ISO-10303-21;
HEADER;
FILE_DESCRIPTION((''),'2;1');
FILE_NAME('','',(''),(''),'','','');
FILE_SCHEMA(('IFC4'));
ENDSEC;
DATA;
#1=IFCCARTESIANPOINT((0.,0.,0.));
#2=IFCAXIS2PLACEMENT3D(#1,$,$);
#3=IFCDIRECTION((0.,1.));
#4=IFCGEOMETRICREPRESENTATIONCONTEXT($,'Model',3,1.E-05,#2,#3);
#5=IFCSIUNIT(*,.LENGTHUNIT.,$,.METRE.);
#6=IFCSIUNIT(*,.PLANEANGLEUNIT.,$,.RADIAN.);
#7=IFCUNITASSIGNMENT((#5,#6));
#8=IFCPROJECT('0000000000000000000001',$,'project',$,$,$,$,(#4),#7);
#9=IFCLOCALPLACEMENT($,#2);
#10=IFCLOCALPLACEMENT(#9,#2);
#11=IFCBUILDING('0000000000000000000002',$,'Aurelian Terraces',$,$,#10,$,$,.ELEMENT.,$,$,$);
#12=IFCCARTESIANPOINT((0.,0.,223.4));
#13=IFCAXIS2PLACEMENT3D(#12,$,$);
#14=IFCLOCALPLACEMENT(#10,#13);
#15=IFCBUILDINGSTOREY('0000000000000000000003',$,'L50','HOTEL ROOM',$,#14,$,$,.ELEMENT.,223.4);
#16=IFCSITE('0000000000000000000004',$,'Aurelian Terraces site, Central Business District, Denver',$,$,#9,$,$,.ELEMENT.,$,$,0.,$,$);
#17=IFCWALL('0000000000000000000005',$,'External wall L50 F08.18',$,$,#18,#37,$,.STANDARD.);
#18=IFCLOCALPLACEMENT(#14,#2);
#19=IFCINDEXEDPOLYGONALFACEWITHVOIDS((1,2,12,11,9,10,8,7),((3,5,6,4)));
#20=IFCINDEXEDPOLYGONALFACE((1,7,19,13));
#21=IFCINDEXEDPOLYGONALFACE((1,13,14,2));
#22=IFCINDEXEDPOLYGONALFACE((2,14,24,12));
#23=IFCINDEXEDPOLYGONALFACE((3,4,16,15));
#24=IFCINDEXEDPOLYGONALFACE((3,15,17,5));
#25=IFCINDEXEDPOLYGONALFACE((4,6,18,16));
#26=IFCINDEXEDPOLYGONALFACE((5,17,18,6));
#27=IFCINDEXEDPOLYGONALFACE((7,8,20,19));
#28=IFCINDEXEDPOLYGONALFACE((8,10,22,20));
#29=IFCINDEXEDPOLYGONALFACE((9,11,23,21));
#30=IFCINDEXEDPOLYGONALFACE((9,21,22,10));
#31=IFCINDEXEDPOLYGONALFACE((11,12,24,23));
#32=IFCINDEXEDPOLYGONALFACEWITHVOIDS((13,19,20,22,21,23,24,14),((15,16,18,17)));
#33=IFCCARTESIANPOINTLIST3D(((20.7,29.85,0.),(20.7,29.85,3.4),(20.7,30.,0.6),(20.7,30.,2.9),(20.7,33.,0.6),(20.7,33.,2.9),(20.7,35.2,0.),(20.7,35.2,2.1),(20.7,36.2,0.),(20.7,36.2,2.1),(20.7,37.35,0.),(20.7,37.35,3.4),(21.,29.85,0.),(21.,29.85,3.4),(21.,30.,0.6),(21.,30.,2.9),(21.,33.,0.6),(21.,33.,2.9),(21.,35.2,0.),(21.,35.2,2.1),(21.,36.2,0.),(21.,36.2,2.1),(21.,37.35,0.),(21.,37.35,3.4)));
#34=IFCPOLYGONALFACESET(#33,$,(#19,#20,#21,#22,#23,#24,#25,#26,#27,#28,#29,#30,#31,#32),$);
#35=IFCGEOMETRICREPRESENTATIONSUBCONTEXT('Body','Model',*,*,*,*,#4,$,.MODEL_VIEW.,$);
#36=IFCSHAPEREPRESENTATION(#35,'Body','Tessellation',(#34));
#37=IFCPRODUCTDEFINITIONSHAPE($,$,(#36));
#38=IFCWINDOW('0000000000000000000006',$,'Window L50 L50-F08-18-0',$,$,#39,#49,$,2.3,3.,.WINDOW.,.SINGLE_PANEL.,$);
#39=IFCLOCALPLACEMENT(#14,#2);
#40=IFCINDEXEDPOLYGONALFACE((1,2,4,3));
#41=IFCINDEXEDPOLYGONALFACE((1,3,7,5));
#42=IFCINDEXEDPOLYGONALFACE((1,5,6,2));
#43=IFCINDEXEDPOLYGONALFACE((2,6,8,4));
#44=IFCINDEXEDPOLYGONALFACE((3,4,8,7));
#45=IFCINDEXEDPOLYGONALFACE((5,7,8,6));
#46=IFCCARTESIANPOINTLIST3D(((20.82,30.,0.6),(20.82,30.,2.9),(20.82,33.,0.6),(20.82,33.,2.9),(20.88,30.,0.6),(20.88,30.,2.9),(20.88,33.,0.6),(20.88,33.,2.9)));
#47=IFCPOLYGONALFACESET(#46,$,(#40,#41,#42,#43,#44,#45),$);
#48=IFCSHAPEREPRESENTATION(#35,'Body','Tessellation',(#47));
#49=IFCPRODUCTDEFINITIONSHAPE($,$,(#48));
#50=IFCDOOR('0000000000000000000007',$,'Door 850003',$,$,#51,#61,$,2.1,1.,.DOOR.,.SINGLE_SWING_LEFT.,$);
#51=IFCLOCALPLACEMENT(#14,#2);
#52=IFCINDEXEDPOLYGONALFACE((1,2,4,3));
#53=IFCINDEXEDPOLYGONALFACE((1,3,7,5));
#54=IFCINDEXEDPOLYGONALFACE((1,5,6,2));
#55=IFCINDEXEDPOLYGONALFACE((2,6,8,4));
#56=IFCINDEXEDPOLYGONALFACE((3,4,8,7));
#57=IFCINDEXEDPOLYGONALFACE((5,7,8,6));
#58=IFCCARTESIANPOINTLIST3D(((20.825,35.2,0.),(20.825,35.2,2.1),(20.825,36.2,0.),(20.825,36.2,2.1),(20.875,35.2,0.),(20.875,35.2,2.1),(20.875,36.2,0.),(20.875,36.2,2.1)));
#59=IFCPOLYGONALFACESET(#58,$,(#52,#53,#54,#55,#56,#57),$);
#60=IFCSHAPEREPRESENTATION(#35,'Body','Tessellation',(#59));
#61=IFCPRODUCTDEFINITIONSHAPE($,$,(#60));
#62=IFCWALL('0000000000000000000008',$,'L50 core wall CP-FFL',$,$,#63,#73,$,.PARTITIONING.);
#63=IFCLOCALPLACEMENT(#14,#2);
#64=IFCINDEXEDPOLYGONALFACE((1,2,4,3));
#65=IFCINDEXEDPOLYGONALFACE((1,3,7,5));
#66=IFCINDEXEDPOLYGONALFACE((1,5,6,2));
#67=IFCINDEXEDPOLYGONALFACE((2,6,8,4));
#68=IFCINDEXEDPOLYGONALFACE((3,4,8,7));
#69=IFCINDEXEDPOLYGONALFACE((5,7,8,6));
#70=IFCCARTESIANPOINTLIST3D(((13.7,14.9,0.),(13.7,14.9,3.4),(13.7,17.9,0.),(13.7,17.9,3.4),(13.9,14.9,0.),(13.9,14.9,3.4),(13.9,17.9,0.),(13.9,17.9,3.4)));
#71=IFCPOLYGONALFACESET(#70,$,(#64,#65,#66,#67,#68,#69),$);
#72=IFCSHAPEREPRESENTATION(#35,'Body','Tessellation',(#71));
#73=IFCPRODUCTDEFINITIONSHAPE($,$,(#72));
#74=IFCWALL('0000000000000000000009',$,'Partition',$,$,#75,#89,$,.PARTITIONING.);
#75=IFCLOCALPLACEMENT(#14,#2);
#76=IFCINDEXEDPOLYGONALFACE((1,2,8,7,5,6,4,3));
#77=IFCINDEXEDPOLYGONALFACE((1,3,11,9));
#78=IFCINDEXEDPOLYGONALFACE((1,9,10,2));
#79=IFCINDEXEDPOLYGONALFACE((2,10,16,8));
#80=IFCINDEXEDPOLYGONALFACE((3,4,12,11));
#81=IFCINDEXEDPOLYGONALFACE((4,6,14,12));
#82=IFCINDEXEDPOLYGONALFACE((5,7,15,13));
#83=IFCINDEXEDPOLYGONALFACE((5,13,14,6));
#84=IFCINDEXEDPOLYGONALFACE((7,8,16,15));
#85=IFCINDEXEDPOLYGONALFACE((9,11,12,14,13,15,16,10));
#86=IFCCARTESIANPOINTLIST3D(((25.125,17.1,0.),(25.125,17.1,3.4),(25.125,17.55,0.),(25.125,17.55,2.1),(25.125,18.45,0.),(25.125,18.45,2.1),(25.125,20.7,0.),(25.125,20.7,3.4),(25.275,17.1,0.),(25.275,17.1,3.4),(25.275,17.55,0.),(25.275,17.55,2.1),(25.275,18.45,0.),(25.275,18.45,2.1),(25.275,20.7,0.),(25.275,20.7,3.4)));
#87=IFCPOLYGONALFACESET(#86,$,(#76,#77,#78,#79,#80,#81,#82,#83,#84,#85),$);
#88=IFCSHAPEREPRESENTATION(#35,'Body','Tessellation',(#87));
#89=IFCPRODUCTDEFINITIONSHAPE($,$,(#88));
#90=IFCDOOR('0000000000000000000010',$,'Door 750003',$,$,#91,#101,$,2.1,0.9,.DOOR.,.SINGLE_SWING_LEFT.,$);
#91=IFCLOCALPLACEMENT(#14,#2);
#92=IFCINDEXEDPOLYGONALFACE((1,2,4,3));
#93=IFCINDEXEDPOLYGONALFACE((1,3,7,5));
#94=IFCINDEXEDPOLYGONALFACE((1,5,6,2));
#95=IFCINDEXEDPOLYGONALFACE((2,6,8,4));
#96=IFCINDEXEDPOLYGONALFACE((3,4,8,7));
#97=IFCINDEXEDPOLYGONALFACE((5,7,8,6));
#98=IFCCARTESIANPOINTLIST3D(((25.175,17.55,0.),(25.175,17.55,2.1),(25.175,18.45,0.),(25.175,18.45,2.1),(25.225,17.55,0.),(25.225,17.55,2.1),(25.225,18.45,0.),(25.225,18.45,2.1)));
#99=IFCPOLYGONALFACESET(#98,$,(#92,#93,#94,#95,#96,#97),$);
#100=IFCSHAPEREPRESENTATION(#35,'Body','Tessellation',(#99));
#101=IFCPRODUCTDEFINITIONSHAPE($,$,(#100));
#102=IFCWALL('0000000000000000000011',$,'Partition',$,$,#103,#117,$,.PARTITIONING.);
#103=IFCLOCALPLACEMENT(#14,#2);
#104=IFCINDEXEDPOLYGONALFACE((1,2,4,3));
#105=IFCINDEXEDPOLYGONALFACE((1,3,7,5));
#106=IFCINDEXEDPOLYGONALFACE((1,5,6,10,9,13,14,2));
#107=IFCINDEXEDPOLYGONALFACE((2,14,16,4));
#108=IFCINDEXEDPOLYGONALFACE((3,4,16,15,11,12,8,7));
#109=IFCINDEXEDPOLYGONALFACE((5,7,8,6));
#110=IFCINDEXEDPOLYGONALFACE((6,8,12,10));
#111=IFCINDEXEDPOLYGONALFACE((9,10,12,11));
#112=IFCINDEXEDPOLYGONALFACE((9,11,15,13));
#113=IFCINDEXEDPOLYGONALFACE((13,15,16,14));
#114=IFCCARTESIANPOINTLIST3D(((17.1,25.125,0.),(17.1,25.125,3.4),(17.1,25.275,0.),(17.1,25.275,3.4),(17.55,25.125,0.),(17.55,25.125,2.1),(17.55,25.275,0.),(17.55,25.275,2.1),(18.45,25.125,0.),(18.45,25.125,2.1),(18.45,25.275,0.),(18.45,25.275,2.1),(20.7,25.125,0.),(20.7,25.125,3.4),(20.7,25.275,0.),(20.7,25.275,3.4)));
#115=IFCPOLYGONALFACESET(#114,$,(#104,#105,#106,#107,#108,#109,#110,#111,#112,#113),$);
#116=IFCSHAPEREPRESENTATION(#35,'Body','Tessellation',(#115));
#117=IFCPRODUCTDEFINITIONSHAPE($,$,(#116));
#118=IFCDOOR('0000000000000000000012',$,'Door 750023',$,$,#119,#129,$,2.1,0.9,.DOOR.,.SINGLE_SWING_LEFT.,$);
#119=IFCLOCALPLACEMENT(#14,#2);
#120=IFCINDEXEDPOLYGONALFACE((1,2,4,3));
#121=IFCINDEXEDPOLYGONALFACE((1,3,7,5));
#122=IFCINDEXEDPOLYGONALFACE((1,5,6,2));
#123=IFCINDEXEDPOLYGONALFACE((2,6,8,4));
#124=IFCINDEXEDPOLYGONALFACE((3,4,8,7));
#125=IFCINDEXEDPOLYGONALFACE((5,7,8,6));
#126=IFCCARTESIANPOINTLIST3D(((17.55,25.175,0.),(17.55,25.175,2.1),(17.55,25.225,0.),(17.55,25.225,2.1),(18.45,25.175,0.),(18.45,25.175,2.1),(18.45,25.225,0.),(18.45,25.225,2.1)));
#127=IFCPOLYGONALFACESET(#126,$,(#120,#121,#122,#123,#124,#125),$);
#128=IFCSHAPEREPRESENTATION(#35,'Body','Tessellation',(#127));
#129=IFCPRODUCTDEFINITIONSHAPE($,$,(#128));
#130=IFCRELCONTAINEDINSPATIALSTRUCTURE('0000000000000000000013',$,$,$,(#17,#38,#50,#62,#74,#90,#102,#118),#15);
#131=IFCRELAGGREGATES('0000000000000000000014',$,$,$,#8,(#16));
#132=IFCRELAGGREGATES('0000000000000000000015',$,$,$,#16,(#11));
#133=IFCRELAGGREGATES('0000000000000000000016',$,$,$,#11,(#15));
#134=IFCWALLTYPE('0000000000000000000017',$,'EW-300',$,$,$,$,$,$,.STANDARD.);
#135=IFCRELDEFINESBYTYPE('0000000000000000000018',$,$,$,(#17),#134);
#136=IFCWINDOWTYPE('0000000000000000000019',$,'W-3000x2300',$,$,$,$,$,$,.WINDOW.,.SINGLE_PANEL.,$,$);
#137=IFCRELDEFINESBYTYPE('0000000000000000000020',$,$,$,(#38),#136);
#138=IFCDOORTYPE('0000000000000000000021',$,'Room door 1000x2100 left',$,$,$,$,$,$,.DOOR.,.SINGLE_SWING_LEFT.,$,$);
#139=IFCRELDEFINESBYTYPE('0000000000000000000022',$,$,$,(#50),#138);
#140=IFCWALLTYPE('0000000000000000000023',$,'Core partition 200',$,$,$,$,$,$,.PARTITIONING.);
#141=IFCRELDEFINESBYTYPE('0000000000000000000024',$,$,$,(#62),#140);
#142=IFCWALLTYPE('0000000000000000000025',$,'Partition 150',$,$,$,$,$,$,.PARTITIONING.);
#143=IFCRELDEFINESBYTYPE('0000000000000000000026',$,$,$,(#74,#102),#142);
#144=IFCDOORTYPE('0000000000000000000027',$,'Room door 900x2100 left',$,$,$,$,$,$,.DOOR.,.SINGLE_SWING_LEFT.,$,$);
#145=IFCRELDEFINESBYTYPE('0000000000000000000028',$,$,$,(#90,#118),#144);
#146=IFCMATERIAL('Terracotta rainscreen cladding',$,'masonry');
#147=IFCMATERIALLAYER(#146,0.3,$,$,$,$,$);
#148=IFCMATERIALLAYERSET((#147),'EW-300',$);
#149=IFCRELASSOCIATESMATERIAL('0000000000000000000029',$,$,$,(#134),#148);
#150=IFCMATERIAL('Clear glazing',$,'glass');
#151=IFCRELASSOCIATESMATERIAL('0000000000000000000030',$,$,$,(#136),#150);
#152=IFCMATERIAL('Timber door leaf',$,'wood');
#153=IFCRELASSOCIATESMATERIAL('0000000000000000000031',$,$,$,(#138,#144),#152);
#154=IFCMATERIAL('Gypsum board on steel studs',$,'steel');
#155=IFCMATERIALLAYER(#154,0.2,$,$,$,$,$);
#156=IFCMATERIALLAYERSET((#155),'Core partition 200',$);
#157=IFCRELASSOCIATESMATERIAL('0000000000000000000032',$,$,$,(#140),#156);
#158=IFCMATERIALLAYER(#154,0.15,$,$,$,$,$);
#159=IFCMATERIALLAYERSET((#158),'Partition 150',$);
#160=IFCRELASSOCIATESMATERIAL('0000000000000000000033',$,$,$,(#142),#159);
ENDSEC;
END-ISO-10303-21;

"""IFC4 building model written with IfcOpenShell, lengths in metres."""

from ifc_helpers import new_model, si_unit, direction, frame, frame_2d, origin, place, context, subcontext, project, spatial, rectangle, extrude, source, transform, mapped, material, layer, layer_set, type_object, element, fill, save


model = new_model("IFC4")

# Units and contexts
model_context = context("Model", 3, precision=1e-05, world=origin(), true_north=direction((0.0, 1.0)))
body_context = subcontext(model_context, "Body", "Model", "MODEL_VIEW")
ifc_project = project(units=[si_unit("LENGTHUNIT", "METRE"), si_unit("PLANEANGLEUNIT", "RADIAN")], contexts=[model_context])

# Site, building, storey
site_placement = place(None, origin())
site = spatial("IfcSite", under=ifc_project, at=site_placement, Name="Aurelian Terraces site, Central Business District, Denver", CompositionType="ELEMENT", RefElevation=0.0)
building_placement = place(site_placement, origin())
building = spatial("IfcBuilding", under=site, at=building_placement, Name="Aurelian Terraces", CompositionType="ELEMENT")
storey_placement = place(building_placement, frame((0.0, 0.0, 223.4)))
storey = spatial("IfcBuildingStorey", under=building, at=storey_placement, Name="L50", Description="HOTEL ROOM", CompositionType="ELEMENT", Elevation=223.4)

# Shared definitions
ifc_material_1 = material(Name="Terracotta rainscreen cladding", Category="masonry")
ifc_layer_1 = layer(ifc_material_1, 0.3)
ifc_layer_set_1 = layer_set([ifc_layer_1], Name="EW-300")
wall_type_1 = type_object("IfcWallType", Name="EW-300", PredefinedType="STANDARD", material=ifc_layer_set_1)
shared_shape_1 = source(origin(), body_context, "Body", "SweptSolid", [
    extrude(rectangle(XDim=3.0, YDim=2.3, at=frame_2d((1.5, 1.15))), frame((0.0, 0.16, 0.0), z_axis=(0.0, -1.0, 0.0), x_axis=(1.0, 0.0, 0.0)), (0.0, 0.0, 1.0), 0.32),
])
ifc_material_2 = material(Name="Clear glazing", Category="glass")
window_type_1 = type_object("IfcWindowType", Name="W-3000x2300", PartitioningType="SINGLE_PANEL", PredefinedType="WINDOW", material=ifc_material_2)
shared_shape_2 = source(origin(), body_context, "Body", "SweptSolid", [
    extrude(rectangle(XDim=3.0, YDim=2.3, at=frame_2d((1.5, 1.15))), frame((0.0, 0.03, 0.0), z_axis=(0.0, -1.0, 0.0), x_axis=(1.0, 0.0, 0.0)), (0.0, 0.0, 1.0), 0.06),
])

# Wall, openings, window, door
shared_shape_3 = source(origin(), body_context, "Body", "SweptSolid", [
    extrude(rectangle(XDim=7.5, YDim=0.3, at=frame_2d((3.75, 0.0))), origin(), (0.0, 0.0, 1.0), 3.4),
])
wall_1_placement = place(storey_placement, frame((20.85, 29.85, 0.0), z_axis=(0.0, 0.0, 1.0), x_axis=(0.0, 1.0, 0.0)))
wall_1 = element("IfcWall", 1, at=wall_1_placement, inside=storey, type_object=wall_type_1, Name="External wall L50 F08.18", PredefinedType="STANDARD", context=body_context, shape_type="MappedRepresentation", body=[
    mapped(shared_shape_3, transform((0.0, 0.0, 0.0), scale=1.0)),
])
opening_1_placement = place(wall_1_placement, frame((0.15, 0.0, 0.6)))
opening_1 = element("IfcOpeningElement", 2, at=opening_1_placement, cuts=wall_1, PredefinedType="OPENING", context=body_context, shape_type="MappedRepresentation", body=[
    mapped(shared_shape_1, transform((0.0, 0.0, 0.0), scale=1.0)),
])
shared_shape_4 = source(origin(), body_context, "Body", "SweptSolid", [
    extrude(rectangle(XDim=1.0, YDim=2.1, at=frame_2d((0.5, 1.05))), frame((0.0, 0.16, 0.0), z_axis=(0.0, -1.0, 0.0), x_axis=(1.0, 0.0, 0.0)), (0.0, 0.0, 1.0), 0.32),
])
opening_2_placement = place(wall_1_placement, frame((5.35, 0.0, 0.0)))
opening_2 = element("IfcOpeningElement", 3, at=opening_2_placement, cuts=wall_1, PredefinedType="OPENING", context=body_context, shape_type="MappedRepresentation", body=[
    mapped(shared_shape_4, transform((0.0, 0.0, 0.0), scale=1.0)),
])
window_1_placement = place(opening_1_placement, origin())
window_1 = element("IfcWindow", 4, at=window_1_placement, inside=storey, type_object=window_type_1, Name="Window L50 L50-F08-18-0", OverallHeight=2.3, OverallWidth=3.0, PartitioningType="SINGLE_PANEL", PredefinedType="WINDOW", context=body_context, shape_type="MappedRepresentation", body=[
    mapped(shared_shape_2, transform((0.0, 0.0, 0.0), scale=1.0)),
])
fill(opening_1, window_1)
ifc_material_3 = material(Name="Timber door leaf", Category="wood")
door_type_1 = type_object("IfcDoorType", Name="Room door 1000x2100 left", OperationType="SINGLE_SWING_LEFT", PredefinedType="DOOR", material=ifc_material_3)
shared_shape_5 = source(origin(), body_context, "Body", "SweptSolid", [
    extrude(rectangle(XDim=1.0, YDim=2.1, at=frame_2d((0.5, 1.05))), frame((0.0, 0.025, 0.0), z_axis=(0.0, -1.0, 0.0), x_axis=(1.0, 0.0, 0.0)), (0.0, 0.0, 1.0), 0.05),
])
door_1_placement = place(opening_2_placement, origin())
door_1 = element("IfcDoor", 5, at=door_1_placement, inside=storey, type_object=door_type_1, Name="Door 850003", OperationType="SINGLE_SWING_LEFT", OverallHeight=2.1, OverallWidth=1.0, PredefinedType="DOOR", context=body_context, shape_type="MappedRepresentation", body=[
    mapped(shared_shape_5, transform((0.0, 0.0, 0.0), scale=1.0)),
])
fill(opening_2, door_1)

# Wall
ifc_material_4 = material(Name="Gypsum board on steel studs", Category="steel")
ifc_layer_2 = layer(ifc_material_4, 0.2)
ifc_layer_set_2 = layer_set([ifc_layer_2], Name="Core partition 200")
wall_type_2 = type_object("IfcWallType", Name="Core partition 200", PredefinedType="PARTITIONING", material=ifc_layer_set_2)
shared_shape_6 = source(origin(), body_context, "Body", "SweptSolid", [
    extrude(rectangle(XDim=3.0, YDim=0.2, at=frame_2d((1.5, 0.0))), origin(), (0.0, 0.0, 1.0), 3.4),
])
wall_2_placement = place(storey_placement, frame((13.8, 14.9, 0.0), z_axis=(0.0, 0.0, 1.0), x_axis=(0.0, 1.0, 0.0)))
element("IfcWall", 6, at=wall_2_placement, inside=storey, type_object=wall_type_2, Name="L50 core wall CP-FFL", PredefinedType="PARTITIONING", context=body_context, shape_type="MappedRepresentation", body=[
    mapped(shared_shape_6, transform((0.0, 0.0, 0.0), scale=1.0)),
])

# Walls, openings, doors
ifc_layer_3 = layer(ifc_material_4, 0.15)
ifc_layer_set_3 = layer_set([ifc_layer_3], Name="Partition 150")
wall_type_3 = type_object("IfcWallType", Name="Partition 150", PredefinedType="PARTITIONING", material=ifc_layer_set_3)
shared_shape_7 = source(origin(), body_context, "Body", "SweptSolid", [
    extrude(rectangle(XDim=3.6, YDim=0.15, at=frame_2d((1.8, 0.0))), origin(), (0.0, 0.0, 1.0), 3.4),
])
wall_3_placement = place(storey_placement, frame((25.2, 20.7, 0.0), z_axis=(0.0, 0.0, 1.0), x_axis=(0.0, -1.0, 0.0)))
wall_3 = element("IfcWall", 7, at=wall_3_placement, inside=storey, type_object=wall_type_3, Name="Partition", PredefinedType="PARTITIONING", context=body_context, shape_type="MappedRepresentation", body=[
    mapped(shared_shape_7, transform((0.0, 0.0, 0.0), scale=1.0)),
])
shared_shape_8 = source(origin(), body_context, "Body", "SweptSolid", [
    extrude(rectangle(XDim=0.9, YDim=2.1, at=frame_2d((0.45, 1.05))), frame((0.0, 0.085, 0.0), z_axis=(0.0, -1.0, 0.0), x_axis=(1.0, 0.0, 0.0)), (0.0, 0.0, 1.0), 0.17),
])
opening_3_placement = place(wall_3_placement, frame((2.25, 0.0, 0.0)))
opening_3 = element("IfcOpeningElement", 8, at=opening_3_placement, cuts=wall_3, PredefinedType="OPENING", context=body_context, shape_type="MappedRepresentation", body=[
    mapped(shared_shape_8, transform((0.0, 0.0, 0.0), scale=1.0)),
])
door_type_2 = type_object("IfcDoorType", Name="Room door 900x2100 left", OperationType="SINGLE_SWING_LEFT", PredefinedType="DOOR", material=ifc_material_3)
shared_shape_9 = source(origin(), body_context, "Body", "SweptSolid", [
    extrude(rectangle(XDim=0.9, YDim=2.1, at=frame_2d((0.45, 1.05))), frame((0.0, 0.025, 0.0), z_axis=(0.0, -1.0, 0.0), x_axis=(1.0, 0.0, 0.0)), (0.0, 0.0, 1.0), 0.05),
])
door_2_placement = place(opening_3_placement, origin())
door_2 = element("IfcDoor", 9, at=door_2_placement, inside=storey, type_object=door_type_2, Name="Door 750003", OperationType="SINGLE_SWING_LEFT", OverallHeight=2.1, OverallWidth=0.9, PredefinedType="DOOR", context=body_context, shape_type="MappedRepresentation", body=[
    mapped(shared_shape_9, transform((0.0, 0.0, 0.0), scale=1.0)),
])
fill(opening_3, door_2)
wall_4_placement = place(storey_placement, frame((17.1, 25.2, 0.0), z_axis=(0.0, 0.0, 1.0), x_axis=(1.0, 0.0, 0.0)))
wall_4 = element("IfcWall", 10, at=wall_4_placement, inside=storey, type_object=wall_type_3, Name="Partition", PredefinedType="PARTITIONING", context=body_context, shape_type="MappedRepresentation", body=[
    mapped(shared_shape_7, transform((0.0, 0.0, 0.0), scale=1.0)),
])
opening_4_placement = place(wall_4_placement, frame((0.45, 0.0, 0.0)))
opening_4 = element("IfcOpeningElement", 11, at=opening_4_placement, cuts=wall_4, PredefinedType="OPENING", context=body_context, shape_type="MappedRepresentation", body=[
    mapped(shared_shape_8, transform((0.0, 0.0, 0.0), scale=1.0)),
])
door_3_placement = place(opening_4_placement, origin())
door_3 = element("IfcDoor", 12, at=door_3_placement, inside=storey, type_object=door_type_2, Name="Door 750023", OperationType="SINGLE_SWING_LEFT", OverallHeight=2.1, OverallWidth=0.9, PredefinedType="DOOR", context=body_context, shape_type="MappedRepresentation", body=[
    mapped(shared_shape_9, transform((0.0, 0.0, 0.0), scale=1.0)),
])
fill(opening_4, door_3)

save(model, "model.ifc")
